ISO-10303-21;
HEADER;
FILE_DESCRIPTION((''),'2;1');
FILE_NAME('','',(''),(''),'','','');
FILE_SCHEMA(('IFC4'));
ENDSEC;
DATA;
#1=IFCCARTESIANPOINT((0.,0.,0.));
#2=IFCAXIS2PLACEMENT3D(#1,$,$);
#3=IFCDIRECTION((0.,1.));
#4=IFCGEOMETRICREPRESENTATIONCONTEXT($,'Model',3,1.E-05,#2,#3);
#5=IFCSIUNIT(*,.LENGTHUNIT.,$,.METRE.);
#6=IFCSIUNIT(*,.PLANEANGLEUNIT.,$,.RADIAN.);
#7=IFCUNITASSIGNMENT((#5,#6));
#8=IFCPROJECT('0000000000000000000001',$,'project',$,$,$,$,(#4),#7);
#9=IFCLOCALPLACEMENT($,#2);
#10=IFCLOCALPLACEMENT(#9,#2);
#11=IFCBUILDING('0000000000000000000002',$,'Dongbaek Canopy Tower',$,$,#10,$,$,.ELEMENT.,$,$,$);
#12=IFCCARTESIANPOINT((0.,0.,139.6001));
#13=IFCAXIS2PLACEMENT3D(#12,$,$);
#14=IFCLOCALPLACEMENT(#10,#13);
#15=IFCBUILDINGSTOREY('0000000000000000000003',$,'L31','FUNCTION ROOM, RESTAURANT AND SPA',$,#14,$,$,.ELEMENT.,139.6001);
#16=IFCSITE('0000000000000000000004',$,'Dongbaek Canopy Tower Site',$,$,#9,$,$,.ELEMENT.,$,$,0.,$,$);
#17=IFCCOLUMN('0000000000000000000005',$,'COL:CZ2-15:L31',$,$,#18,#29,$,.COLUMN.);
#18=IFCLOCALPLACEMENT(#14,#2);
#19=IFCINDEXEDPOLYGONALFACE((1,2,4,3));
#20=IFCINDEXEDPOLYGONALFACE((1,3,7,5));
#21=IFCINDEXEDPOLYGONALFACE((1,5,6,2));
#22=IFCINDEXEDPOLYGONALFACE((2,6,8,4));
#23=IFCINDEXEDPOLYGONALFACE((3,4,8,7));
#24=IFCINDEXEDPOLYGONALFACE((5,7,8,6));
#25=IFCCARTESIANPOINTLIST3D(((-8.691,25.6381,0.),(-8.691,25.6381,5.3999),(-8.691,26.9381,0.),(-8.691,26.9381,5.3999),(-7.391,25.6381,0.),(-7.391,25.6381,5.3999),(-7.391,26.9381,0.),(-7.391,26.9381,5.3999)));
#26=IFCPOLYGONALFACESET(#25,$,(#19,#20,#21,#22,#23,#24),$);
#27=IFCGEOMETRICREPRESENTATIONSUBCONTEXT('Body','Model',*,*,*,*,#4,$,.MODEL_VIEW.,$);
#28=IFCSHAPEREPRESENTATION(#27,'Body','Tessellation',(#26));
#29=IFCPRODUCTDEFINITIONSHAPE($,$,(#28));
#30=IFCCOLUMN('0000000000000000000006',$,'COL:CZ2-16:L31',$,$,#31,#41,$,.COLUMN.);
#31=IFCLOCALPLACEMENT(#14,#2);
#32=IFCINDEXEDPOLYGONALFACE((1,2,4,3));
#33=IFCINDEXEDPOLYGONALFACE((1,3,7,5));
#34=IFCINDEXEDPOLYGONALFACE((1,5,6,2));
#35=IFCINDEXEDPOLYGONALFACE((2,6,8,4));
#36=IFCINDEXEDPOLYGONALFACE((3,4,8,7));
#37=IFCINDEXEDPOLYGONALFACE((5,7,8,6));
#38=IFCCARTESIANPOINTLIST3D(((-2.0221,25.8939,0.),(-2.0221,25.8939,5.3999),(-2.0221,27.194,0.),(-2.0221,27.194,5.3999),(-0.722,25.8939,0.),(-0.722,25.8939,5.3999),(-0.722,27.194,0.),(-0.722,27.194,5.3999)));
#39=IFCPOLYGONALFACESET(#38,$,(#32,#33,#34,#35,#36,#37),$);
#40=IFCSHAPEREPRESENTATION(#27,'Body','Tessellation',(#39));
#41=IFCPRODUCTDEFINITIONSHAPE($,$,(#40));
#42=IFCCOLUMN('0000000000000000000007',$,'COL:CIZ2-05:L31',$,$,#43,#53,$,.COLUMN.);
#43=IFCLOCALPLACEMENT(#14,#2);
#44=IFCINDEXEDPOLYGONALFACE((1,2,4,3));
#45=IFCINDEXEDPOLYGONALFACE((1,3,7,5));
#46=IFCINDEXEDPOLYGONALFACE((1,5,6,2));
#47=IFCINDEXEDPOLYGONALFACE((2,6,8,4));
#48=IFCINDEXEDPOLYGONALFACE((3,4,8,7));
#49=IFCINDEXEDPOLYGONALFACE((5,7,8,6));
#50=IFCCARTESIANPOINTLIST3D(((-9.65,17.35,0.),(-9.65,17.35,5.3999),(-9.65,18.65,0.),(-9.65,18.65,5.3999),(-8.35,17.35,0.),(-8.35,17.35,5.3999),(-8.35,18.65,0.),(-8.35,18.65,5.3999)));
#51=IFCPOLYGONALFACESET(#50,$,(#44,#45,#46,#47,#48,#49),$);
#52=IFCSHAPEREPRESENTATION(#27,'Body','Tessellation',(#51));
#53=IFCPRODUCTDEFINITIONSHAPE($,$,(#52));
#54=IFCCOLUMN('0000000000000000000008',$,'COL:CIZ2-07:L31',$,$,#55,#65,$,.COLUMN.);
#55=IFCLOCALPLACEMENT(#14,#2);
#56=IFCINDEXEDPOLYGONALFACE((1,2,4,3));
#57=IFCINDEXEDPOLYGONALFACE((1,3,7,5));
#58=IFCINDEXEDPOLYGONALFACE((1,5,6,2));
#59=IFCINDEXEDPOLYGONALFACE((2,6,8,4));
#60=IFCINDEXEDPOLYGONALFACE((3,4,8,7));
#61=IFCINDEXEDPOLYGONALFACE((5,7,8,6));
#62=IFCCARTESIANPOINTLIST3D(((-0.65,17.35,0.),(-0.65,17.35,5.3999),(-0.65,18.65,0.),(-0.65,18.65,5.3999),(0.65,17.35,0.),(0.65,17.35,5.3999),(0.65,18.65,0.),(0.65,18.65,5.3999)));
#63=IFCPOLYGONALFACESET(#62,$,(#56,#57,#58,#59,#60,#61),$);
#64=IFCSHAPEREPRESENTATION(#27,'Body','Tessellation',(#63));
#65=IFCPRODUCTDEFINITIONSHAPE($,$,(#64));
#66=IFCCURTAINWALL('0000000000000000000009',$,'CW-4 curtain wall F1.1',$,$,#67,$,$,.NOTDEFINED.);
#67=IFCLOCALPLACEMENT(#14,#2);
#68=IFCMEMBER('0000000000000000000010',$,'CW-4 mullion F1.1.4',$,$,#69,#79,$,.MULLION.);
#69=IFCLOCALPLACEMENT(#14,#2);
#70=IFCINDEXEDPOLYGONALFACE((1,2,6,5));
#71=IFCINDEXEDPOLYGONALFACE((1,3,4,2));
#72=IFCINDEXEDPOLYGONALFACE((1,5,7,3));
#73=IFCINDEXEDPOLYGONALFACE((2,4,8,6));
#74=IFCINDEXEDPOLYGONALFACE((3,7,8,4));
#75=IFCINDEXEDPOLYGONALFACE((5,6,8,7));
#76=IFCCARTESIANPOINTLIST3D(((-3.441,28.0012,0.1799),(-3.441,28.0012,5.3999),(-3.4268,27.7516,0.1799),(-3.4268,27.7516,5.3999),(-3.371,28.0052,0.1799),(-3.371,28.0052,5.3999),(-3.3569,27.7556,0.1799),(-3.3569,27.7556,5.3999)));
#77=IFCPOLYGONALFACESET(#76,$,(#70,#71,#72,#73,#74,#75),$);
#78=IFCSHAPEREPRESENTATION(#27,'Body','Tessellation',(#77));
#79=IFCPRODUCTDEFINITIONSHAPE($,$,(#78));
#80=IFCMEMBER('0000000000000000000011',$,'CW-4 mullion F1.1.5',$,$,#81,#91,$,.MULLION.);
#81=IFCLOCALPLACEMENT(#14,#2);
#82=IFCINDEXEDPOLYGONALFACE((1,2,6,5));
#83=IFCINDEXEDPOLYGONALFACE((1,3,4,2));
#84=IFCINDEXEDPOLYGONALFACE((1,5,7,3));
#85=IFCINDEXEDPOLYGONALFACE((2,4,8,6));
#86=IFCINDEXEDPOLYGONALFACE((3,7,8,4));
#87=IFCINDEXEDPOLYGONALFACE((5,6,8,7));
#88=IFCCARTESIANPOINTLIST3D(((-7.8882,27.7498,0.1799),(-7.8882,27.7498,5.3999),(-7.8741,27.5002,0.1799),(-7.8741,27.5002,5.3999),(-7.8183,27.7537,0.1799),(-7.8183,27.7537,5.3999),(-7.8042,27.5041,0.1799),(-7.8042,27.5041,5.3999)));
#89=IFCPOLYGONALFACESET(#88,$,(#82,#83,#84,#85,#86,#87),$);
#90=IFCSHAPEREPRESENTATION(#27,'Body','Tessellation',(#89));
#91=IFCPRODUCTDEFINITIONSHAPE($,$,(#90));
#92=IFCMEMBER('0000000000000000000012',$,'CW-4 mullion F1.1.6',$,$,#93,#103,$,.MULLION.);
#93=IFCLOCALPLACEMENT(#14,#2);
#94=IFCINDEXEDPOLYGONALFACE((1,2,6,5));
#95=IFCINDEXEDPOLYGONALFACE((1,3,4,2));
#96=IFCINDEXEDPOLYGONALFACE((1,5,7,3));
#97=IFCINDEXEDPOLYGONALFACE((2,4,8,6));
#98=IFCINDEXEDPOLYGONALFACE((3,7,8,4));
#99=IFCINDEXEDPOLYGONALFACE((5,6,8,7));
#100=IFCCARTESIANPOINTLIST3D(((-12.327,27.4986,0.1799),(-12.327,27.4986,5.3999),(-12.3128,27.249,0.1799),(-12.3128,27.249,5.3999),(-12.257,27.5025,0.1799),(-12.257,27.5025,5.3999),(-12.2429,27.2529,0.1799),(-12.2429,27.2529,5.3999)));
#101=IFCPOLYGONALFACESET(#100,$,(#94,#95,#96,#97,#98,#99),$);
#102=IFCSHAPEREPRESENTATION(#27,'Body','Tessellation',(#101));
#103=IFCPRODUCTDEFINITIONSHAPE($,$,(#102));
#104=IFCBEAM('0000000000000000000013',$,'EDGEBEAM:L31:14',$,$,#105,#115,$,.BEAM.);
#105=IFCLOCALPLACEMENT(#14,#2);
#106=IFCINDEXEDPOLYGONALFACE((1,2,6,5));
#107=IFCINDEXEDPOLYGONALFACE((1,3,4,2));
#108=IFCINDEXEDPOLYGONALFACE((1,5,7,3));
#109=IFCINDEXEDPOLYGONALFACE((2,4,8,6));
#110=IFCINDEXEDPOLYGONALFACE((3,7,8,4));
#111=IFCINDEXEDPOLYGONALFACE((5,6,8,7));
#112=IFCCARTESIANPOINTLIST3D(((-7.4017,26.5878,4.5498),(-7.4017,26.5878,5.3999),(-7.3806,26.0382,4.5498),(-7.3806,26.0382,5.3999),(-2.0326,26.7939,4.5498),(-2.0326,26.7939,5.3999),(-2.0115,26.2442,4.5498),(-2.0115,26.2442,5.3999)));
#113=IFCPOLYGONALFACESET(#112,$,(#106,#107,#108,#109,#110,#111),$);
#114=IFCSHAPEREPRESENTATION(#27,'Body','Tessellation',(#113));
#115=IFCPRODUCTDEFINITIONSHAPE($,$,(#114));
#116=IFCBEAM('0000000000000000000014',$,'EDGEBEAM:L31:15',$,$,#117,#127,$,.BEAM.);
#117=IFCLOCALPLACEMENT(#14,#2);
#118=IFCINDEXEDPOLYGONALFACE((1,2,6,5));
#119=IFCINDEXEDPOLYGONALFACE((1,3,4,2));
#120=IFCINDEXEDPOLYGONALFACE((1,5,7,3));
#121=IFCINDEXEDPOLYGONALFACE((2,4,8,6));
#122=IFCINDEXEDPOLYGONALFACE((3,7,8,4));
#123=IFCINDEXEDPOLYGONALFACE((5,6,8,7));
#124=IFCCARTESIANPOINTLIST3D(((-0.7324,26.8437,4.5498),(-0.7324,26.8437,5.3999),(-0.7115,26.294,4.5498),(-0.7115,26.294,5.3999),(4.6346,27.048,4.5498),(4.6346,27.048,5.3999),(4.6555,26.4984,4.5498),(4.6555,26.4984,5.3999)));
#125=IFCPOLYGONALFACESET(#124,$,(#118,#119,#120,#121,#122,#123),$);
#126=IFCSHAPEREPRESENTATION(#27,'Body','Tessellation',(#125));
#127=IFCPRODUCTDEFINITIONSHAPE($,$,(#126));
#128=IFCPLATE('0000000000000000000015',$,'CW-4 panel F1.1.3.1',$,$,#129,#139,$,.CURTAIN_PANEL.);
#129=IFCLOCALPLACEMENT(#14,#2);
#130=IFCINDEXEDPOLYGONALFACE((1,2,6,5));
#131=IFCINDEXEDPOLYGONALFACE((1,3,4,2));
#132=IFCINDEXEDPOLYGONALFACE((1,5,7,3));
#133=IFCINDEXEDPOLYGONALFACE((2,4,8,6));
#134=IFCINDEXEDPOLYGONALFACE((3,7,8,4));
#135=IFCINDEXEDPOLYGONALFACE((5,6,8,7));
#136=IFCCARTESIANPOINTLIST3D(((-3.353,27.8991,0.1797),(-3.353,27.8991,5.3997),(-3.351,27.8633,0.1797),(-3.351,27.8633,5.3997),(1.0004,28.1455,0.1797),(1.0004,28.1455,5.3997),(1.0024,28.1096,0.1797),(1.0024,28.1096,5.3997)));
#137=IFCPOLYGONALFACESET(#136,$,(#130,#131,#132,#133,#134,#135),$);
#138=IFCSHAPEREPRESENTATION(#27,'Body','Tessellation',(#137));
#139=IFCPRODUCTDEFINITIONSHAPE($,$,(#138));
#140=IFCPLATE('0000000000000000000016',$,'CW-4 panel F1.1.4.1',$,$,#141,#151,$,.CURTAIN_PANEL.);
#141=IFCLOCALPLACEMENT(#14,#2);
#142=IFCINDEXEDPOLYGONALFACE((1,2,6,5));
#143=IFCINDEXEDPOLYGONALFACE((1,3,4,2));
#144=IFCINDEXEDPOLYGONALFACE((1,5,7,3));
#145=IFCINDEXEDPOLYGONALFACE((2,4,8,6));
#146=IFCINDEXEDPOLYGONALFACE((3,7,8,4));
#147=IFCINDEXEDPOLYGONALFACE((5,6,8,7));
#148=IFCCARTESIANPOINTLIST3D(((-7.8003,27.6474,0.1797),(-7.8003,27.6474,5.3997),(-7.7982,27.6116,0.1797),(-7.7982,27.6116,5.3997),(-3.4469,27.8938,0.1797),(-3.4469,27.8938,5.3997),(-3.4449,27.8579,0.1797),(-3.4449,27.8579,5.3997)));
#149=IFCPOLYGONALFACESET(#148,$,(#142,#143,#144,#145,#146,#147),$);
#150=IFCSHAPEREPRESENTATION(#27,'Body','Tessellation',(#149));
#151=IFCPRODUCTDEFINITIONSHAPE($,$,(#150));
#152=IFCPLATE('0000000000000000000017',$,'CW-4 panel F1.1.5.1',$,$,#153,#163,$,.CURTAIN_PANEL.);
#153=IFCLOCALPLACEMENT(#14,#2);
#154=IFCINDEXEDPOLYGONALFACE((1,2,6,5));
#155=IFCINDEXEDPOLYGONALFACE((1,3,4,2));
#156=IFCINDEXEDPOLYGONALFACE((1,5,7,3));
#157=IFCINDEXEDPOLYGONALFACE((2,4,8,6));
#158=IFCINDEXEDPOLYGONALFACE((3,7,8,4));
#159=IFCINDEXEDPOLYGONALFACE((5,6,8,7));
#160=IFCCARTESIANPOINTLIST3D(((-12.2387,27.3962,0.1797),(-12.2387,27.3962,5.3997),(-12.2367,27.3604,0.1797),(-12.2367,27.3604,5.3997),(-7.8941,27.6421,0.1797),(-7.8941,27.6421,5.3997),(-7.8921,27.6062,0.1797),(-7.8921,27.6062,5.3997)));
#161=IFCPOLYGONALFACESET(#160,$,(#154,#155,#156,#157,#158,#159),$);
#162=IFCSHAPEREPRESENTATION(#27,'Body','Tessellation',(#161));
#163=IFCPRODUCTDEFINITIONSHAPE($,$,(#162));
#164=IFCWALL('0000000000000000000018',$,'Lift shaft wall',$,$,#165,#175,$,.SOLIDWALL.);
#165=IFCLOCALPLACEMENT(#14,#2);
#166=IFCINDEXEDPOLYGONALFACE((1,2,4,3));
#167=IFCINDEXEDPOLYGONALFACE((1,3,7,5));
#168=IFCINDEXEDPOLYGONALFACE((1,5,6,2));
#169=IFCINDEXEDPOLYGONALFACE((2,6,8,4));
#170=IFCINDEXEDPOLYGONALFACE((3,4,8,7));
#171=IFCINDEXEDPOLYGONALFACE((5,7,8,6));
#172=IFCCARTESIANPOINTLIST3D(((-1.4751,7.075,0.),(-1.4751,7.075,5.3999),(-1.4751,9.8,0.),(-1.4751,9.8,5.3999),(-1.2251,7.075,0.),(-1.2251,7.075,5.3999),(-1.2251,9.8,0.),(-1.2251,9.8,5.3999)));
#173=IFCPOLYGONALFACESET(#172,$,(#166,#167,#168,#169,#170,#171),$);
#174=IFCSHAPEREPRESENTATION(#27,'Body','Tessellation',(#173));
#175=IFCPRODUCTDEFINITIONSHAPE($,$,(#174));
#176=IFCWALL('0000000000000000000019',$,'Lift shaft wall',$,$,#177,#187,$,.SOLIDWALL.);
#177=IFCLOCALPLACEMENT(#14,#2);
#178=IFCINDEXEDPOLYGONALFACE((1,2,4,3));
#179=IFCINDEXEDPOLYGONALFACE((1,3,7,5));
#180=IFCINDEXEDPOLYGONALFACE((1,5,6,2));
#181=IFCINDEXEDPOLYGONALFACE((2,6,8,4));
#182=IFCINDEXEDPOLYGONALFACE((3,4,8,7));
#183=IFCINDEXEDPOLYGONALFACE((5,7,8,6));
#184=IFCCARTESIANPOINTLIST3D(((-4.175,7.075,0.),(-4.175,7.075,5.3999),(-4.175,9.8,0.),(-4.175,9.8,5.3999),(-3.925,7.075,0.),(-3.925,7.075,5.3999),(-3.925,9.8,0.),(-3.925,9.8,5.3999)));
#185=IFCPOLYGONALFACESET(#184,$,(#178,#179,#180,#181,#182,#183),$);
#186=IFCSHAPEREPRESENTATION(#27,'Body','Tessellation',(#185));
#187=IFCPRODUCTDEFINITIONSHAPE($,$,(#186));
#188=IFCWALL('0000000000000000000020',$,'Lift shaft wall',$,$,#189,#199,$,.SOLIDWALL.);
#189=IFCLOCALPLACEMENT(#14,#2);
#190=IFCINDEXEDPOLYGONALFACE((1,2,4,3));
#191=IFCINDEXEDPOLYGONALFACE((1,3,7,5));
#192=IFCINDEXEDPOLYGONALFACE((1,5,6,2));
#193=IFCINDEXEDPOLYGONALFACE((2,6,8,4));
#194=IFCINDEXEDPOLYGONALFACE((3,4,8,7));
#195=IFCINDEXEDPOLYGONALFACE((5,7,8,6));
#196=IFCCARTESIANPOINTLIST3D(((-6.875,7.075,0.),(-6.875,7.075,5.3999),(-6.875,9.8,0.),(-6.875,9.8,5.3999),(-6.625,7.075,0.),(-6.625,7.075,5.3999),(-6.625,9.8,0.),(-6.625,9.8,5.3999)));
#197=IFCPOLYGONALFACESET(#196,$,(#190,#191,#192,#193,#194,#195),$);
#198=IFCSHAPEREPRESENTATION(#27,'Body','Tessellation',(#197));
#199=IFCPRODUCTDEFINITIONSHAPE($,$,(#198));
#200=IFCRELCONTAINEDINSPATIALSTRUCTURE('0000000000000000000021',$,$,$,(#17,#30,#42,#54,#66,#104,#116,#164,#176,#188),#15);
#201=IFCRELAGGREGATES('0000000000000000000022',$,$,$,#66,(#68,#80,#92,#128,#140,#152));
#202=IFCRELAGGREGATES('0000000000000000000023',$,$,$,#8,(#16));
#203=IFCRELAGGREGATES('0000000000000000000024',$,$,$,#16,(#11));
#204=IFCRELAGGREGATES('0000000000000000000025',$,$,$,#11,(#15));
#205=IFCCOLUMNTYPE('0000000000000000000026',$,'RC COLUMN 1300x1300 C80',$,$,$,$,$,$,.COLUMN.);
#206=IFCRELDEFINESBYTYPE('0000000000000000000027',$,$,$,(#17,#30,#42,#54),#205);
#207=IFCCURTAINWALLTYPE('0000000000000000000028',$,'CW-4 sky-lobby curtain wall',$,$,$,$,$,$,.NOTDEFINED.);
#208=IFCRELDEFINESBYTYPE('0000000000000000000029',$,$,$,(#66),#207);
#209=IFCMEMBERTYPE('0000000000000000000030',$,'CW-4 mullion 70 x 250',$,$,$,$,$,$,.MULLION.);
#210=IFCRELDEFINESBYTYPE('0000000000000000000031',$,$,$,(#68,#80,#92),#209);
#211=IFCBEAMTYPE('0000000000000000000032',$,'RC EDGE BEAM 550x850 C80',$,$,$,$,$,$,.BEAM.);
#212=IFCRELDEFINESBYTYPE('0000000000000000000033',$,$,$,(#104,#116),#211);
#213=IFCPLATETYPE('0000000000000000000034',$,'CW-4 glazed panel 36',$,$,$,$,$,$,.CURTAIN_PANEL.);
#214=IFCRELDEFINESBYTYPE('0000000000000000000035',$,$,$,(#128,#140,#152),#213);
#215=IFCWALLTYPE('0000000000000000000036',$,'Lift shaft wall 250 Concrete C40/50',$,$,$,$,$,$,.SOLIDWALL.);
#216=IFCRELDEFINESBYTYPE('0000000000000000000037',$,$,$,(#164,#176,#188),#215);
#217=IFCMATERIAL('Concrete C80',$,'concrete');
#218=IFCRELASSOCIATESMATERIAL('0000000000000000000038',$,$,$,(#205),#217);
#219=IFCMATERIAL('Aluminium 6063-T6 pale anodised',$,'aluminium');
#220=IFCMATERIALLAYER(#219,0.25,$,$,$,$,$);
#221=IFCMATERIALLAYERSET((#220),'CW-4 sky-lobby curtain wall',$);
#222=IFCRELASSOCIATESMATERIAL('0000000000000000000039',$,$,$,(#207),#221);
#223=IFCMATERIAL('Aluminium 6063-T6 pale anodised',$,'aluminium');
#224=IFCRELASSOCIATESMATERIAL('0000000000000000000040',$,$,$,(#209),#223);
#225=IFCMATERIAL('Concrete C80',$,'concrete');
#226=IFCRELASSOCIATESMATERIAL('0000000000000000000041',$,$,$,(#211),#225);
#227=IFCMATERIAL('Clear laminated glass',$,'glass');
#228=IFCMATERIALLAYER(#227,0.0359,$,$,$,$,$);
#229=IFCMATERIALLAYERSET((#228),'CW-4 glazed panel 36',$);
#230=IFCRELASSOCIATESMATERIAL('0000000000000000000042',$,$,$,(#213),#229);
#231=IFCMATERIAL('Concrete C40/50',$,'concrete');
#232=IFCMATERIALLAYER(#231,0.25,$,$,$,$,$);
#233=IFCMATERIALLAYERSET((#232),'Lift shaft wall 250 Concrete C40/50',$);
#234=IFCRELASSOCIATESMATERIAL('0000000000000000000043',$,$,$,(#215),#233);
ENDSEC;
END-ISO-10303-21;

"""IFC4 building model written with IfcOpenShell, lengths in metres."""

from ifc_helpers import new_model, si_unit, direction, frame, frame_2d, origin, origin_2d, place, context, subcontext, project, spatial, rectangle, extrude, material, layer, layer_set, material_profile, profile_set, type_object, element, aggregate, save


model = new_model("IFC4")

# Units and contexts
model_context = context("Model", 3, precision=1e-05, world=origin(), true_north=direction((0.0, 1.0)))
body_context = subcontext(model_context, "Body", "Model", "MODEL_VIEW")
ifc_project = project(units=[si_unit("LENGTHUNIT", "METRE"), si_unit("PLANEANGLEUNIT", "RADIAN")], contexts=[model_context])

# Site, building, storey
site_placement = place(None, origin())
site = spatial("IfcSite", under=ifc_project, at=site_placement, Name="Dongbaek Canopy Tower Site", CompositionType="ELEMENT", RefElevation=0.0)
building_placement = place(site_placement, origin())
building = spatial("IfcBuilding", under=site, at=building_placement, Name="Dongbaek Canopy Tower", CompositionType="ELEMENT")
storey_placement = place(building_placement, frame((0.0, 0.0, 139.6001)))
storey = spatial("IfcBuildingStorey", under=building, at=storey_placement, Name="L31", Description="FUNCTION ROOM, RESTAURANT AND SPA", CompositionType="ELEMENT", Elevation=139.6001)

# Columns
ifc_material_1 = material(Name="Concrete C80", Category="concrete")
ifc_material_profile_1 = material_profile(ifc_material_1, rectangle(XDim=1.3, YDim=1.3, at=origin_2d()), Name="RC COLUMN 1300x1300 C80")
ifc_profile_set_1 = profile_set([ifc_material_profile_1], Name="Concrete C80")
column_type = type_object("IfcColumnType", Name="RC COLUMN 1300x1300 C80", PredefinedType="COLUMN", material=ifc_profile_set_1)
for number, where, z_axis, x_axis, name in (
    (1, (-8.041, 26.2881, 0.0), (0.0, 0.0, 1.0), (1.0, 0.0, 0.0), "COL:CZ2-15:L31"),
    (2, (-1.3721, 26.5439, 0.0), (0.0, 0.0, 1.0), (1.0, 0.0, 0.0), "COL:CZ2-16:L31"),
    (3, (-9.0, 18.0, 0.0), (0.0, 0.0, 1.0), (1.0, 0.0, 0.0), "COL:CIZ2-05:L31"),
    (4, (0.0, 18.0, 0.0), (0.0, 0.0, 1.0), (1.0, 0.0, 0.0), "COL:CIZ2-07:L31"),
):
    element("IfcColumn", number, at=place(storey_placement, frame(where, z_axis=z_axis, x_axis=x_axis)), inside=storey, type_object=column_type, Name=name, PredefinedType="COLUMN", context=body_context, shape_type="SweptSolid", body=[
        extrude(rectangle(XDim=1.3, YDim=1.3, at=origin_2d()), origin(), (0.0, 0.0, 1.0), 5.3999),
    ])

# Curtain wall, members
ifc_material_2 = material(Name="Aluminium 6063-T6 pale anodised", Category="aluminium")
ifc_layer_1 = layer(ifc_material_2, 0.25)
ifc_layer_set_1 = layer_set([ifc_layer_1], Name="CW-4 sky-lobby curtain wall")
curtain_wall_type = type_object("IfcCurtainWallType", Name="CW-4 sky-lobby curtain wall", PredefinedType="NOTDEFINED", material=ifc_layer_set_1)
curtain_wall_placement = place(storey_placement, origin())
curtain_wall = element("IfcCurtainWall", 5, at=curtain_wall_placement, inside=storey, type_object=curtain_wall_type, Name="CW-4 curtain wall F1.1", PredefinedType="NOTDEFINED")
ifc_material_3 = material(Name="Aluminium 6063-T6 pale anodised", Category="aluminium")
ifc_material_profile_2 = material_profile(ifc_material_3, rectangle(XDim=0.25, YDim=0.0701, at=origin_2d()), Name="CW-4 mullion 70 x 250")
ifc_profile_set_2 = profile_set([ifc_material_profile_2], Name="Aluminium 6063-T6 pale anodised")
member_type = type_object("IfcMemberType", Name="CW-4 mullion 70 x 250", PredefinedType="MULLION", material=ifc_profile_set_2)
member_1_placement = place(storey_placement, frame((-3.3989, 27.8784, 0.1799), z_axis=(0.0, 0.0, 1.0), x_axis=(-0.056495, 0.998403, 0.0)))
member_1 = element("IfcMember", 6, at=member_1_placement, type_object=member_type, Name="CW-4 mullion F1.1.4", PredefinedType="MULLION", context=body_context, shape_type="SweptSolid", body=[
    extrude(rectangle(XDim=0.25, YDim=0.0701, at=origin_2d()), origin(), (0.0, 0.0, 1.0), 5.22),
])
member_2_placement = place(storey_placement, frame((-7.8462, 27.627, 0.1799), z_axis=(0.0, 0.0, 1.0), x_axis=(-0.056495, 0.998403, 0.0)))
member_2 = element("IfcMember", 7, at=member_2_placement, type_object=member_type, Name="CW-4 mullion F1.1.5", PredefinedType="MULLION", context=body_context, shape_type="SweptSolid", body=[
    extrude(rectangle(XDim=0.25, YDim=0.0701, at=origin_2d()), origin(), (0.0, 0.0, 1.0), 5.22),
])
member_3_placement = place(storey_placement, frame((-12.2849, 27.3757, 0.1799), z_axis=(0.0, 0.0, 1.0), x_axis=(-0.056495, 0.998403, 0.0)))
member_3 = element("IfcMember", 8, at=member_3_placement, type_object=member_type, Name="CW-4 mullion F1.1.6", PredefinedType="MULLION", context=body_context, shape_type="SweptSolid", body=[
    extrude(rectangle(XDim=0.25, YDim=0.0701, at=origin_2d()), origin(), (0.0, 0.0, 1.0), 5.22),
])

# Beams
ifc_material_4 = material(Name="Concrete C80", Category="concrete")
ifc_material_profile_3 = material_profile(ifc_material_4, rectangle(XDim=0.55, YDim=0.8501, at=origin_2d()), Name="RC EDGE BEAM 550x850 C80")
ifc_profile_set_3 = profile_set([ifc_material_profile_3], Name="Concrete C80")
beam_type = type_object("IfcBeamType", Name="RC EDGE BEAM 550x850 C80", PredefinedType="BEAM", material=ifc_profile_set_3)
beam_1_placement = place(storey_placement, frame((-7.3911, 26.313, 4.9749), z_axis=(0.999264, 0.038349, 0.0), x_axis=(-0.038349, 0.999264, 0.0)))
element("IfcBeam", 9, at=beam_1_placement, inside=storey, type_object=beam_type, Name="EDGEBEAM:L31:14", PredefinedType="BEAM", context=body_context, shape_type="SweptSolid", body=[
    extrude(rectangle(XDim=0.55, YDim=0.8501, at=origin_2d()), origin(), (0.0, 0.0, 1.0), 5.373),
])
beam_2_placement = place(storey_placement, frame((-0.7219, 26.5688, 4.9749), z_axis=(0.999276, 0.038047, 0.0), x_axis=(-0.038047, 0.999276, 0.0)))
element("IfcBeam", 10, at=beam_2_placement, inside=storey, type_object=beam_type, Name="EDGEBEAM:L31:15", PredefinedType="BEAM", context=body_context, shape_type="SweptSolid", body=[
    extrude(rectangle(XDim=0.55, YDim=0.8501, at=origin_2d()), origin(), (0.0, 0.0, 1.0), 5.3708),
])

# Plates
ifc_material_5 = material(Name="Clear laminated glass", Category="glass")
ifc_layer_2 = layer(ifc_material_5, 0.0359)
ifc_layer_set_2 = layer_set([ifc_layer_2], Name="CW-4 glazed panel 36")
plate_type = type_object("IfcPlateType", Name="CW-4 glazed panel 36", PredefinedType="CURTAIN_PANEL", material=ifc_layer_set_2)
plate_1_placement = place(storey_placement, frame((-1.1753, 28.0044, 0.1797), z_axis=(0.0, 0.0, 1.0), x_axis=(-0.998403, -0.056495, 0.0)))
plate_1 = element("IfcPlate", 11, at=plate_1_placement, type_object=plate_type, Name="CW-4 panel F1.1.3.1", PredefinedType="CURTAIN_PANEL", context=body_context, shape_type="SweptSolid", body=[
    extrude(rectangle(XDim=4.3604, YDim=0.0359, at=origin_2d()), origin(), (0.0, 0.0, 1.0), 5.22),
])
plate_2_placement = place(storey_placement, frame((-5.6226, 27.7527, 0.1797), z_axis=(0.0, 0.0, 1.0), x_axis=(-0.998403, -0.056495, 0.0)))
plate_2 = element("IfcPlate", 12, at=plate_2_placement, type_object=plate_type, Name="CW-4 panel F1.1.4.1", PredefinedType="CURTAIN_PANEL", context=body_context, shape_type="SweptSolid", body=[
    extrude(rectangle(XDim=4.3604, YDim=0.0359, at=origin_2d()), origin(), (0.0, 0.0, 1.0), 5.22),
])
plate_3_placement = place(storey_placement, frame((-10.0654, 27.5012, 0.1797), z_axis=(0.0, 0.0, 1.0), x_axis=(-0.998403, -0.056495, 0.0)))
plate_3 = element("IfcPlate", 13, at=plate_3_placement, type_object=plate_type, Name="CW-4 panel F1.1.5.1", PredefinedType="CURTAIN_PANEL", context=body_context, shape_type="SweptSolid", body=[
    extrude(rectangle(XDim=4.3516, YDim=0.0359, at=origin_2d()), origin(), (0.0, 0.0, 1.0), 5.22),
])
aggregate(curtain_wall, [member_1, member_2, member_3, plate_1, plate_2, plate_3])

# Walls
ifc_material_6 = material(Name="Concrete C40/50", Category="concrete")
ifc_layer_3 = layer(ifc_material_6, 0.25)
ifc_layer_set_3 = layer_set([ifc_layer_3], Name="Lift shaft wall 250 Concrete C40/50")
wall_type = type_object("IfcWallType", Name="Lift shaft wall 250 Concrete C40/50", PredefinedType="SOLIDWALL", material=ifc_layer_set_3)
for number, where, z_axis, x_axis, name in (
    (14, (-1.3501, 7.075, 0.0), (0.0, 0.0, 1.0), (0.0, 1.0, 0.0), "Lift shaft wall"),
    (15, (-4.05, 7.075, 0.0), (0.0, 0.0, 1.0), (0.0, 1.0, 0.0), "Lift shaft wall"),
    (16, (-6.75, 7.075, 0.0), (0.0, 0.0, 1.0), (0.0, 1.0, 0.0), "Lift shaft wall"),
):
    element("IfcWall", number, at=place(storey_placement, frame(where, z_axis=z_axis, x_axis=x_axis)), inside=storey, type_object=wall_type, Name=name, PredefinedType="SOLIDWALL", context=body_context, shape_type="SweptSolid", body=[
        extrude(rectangle(XDim=2.7251, YDim=0.25, at=frame_2d((1.3625, 0.0))), origin(), (0.0, 0.0, 1.0), 5.3999),
    ])

save(model, "model.ifc")
